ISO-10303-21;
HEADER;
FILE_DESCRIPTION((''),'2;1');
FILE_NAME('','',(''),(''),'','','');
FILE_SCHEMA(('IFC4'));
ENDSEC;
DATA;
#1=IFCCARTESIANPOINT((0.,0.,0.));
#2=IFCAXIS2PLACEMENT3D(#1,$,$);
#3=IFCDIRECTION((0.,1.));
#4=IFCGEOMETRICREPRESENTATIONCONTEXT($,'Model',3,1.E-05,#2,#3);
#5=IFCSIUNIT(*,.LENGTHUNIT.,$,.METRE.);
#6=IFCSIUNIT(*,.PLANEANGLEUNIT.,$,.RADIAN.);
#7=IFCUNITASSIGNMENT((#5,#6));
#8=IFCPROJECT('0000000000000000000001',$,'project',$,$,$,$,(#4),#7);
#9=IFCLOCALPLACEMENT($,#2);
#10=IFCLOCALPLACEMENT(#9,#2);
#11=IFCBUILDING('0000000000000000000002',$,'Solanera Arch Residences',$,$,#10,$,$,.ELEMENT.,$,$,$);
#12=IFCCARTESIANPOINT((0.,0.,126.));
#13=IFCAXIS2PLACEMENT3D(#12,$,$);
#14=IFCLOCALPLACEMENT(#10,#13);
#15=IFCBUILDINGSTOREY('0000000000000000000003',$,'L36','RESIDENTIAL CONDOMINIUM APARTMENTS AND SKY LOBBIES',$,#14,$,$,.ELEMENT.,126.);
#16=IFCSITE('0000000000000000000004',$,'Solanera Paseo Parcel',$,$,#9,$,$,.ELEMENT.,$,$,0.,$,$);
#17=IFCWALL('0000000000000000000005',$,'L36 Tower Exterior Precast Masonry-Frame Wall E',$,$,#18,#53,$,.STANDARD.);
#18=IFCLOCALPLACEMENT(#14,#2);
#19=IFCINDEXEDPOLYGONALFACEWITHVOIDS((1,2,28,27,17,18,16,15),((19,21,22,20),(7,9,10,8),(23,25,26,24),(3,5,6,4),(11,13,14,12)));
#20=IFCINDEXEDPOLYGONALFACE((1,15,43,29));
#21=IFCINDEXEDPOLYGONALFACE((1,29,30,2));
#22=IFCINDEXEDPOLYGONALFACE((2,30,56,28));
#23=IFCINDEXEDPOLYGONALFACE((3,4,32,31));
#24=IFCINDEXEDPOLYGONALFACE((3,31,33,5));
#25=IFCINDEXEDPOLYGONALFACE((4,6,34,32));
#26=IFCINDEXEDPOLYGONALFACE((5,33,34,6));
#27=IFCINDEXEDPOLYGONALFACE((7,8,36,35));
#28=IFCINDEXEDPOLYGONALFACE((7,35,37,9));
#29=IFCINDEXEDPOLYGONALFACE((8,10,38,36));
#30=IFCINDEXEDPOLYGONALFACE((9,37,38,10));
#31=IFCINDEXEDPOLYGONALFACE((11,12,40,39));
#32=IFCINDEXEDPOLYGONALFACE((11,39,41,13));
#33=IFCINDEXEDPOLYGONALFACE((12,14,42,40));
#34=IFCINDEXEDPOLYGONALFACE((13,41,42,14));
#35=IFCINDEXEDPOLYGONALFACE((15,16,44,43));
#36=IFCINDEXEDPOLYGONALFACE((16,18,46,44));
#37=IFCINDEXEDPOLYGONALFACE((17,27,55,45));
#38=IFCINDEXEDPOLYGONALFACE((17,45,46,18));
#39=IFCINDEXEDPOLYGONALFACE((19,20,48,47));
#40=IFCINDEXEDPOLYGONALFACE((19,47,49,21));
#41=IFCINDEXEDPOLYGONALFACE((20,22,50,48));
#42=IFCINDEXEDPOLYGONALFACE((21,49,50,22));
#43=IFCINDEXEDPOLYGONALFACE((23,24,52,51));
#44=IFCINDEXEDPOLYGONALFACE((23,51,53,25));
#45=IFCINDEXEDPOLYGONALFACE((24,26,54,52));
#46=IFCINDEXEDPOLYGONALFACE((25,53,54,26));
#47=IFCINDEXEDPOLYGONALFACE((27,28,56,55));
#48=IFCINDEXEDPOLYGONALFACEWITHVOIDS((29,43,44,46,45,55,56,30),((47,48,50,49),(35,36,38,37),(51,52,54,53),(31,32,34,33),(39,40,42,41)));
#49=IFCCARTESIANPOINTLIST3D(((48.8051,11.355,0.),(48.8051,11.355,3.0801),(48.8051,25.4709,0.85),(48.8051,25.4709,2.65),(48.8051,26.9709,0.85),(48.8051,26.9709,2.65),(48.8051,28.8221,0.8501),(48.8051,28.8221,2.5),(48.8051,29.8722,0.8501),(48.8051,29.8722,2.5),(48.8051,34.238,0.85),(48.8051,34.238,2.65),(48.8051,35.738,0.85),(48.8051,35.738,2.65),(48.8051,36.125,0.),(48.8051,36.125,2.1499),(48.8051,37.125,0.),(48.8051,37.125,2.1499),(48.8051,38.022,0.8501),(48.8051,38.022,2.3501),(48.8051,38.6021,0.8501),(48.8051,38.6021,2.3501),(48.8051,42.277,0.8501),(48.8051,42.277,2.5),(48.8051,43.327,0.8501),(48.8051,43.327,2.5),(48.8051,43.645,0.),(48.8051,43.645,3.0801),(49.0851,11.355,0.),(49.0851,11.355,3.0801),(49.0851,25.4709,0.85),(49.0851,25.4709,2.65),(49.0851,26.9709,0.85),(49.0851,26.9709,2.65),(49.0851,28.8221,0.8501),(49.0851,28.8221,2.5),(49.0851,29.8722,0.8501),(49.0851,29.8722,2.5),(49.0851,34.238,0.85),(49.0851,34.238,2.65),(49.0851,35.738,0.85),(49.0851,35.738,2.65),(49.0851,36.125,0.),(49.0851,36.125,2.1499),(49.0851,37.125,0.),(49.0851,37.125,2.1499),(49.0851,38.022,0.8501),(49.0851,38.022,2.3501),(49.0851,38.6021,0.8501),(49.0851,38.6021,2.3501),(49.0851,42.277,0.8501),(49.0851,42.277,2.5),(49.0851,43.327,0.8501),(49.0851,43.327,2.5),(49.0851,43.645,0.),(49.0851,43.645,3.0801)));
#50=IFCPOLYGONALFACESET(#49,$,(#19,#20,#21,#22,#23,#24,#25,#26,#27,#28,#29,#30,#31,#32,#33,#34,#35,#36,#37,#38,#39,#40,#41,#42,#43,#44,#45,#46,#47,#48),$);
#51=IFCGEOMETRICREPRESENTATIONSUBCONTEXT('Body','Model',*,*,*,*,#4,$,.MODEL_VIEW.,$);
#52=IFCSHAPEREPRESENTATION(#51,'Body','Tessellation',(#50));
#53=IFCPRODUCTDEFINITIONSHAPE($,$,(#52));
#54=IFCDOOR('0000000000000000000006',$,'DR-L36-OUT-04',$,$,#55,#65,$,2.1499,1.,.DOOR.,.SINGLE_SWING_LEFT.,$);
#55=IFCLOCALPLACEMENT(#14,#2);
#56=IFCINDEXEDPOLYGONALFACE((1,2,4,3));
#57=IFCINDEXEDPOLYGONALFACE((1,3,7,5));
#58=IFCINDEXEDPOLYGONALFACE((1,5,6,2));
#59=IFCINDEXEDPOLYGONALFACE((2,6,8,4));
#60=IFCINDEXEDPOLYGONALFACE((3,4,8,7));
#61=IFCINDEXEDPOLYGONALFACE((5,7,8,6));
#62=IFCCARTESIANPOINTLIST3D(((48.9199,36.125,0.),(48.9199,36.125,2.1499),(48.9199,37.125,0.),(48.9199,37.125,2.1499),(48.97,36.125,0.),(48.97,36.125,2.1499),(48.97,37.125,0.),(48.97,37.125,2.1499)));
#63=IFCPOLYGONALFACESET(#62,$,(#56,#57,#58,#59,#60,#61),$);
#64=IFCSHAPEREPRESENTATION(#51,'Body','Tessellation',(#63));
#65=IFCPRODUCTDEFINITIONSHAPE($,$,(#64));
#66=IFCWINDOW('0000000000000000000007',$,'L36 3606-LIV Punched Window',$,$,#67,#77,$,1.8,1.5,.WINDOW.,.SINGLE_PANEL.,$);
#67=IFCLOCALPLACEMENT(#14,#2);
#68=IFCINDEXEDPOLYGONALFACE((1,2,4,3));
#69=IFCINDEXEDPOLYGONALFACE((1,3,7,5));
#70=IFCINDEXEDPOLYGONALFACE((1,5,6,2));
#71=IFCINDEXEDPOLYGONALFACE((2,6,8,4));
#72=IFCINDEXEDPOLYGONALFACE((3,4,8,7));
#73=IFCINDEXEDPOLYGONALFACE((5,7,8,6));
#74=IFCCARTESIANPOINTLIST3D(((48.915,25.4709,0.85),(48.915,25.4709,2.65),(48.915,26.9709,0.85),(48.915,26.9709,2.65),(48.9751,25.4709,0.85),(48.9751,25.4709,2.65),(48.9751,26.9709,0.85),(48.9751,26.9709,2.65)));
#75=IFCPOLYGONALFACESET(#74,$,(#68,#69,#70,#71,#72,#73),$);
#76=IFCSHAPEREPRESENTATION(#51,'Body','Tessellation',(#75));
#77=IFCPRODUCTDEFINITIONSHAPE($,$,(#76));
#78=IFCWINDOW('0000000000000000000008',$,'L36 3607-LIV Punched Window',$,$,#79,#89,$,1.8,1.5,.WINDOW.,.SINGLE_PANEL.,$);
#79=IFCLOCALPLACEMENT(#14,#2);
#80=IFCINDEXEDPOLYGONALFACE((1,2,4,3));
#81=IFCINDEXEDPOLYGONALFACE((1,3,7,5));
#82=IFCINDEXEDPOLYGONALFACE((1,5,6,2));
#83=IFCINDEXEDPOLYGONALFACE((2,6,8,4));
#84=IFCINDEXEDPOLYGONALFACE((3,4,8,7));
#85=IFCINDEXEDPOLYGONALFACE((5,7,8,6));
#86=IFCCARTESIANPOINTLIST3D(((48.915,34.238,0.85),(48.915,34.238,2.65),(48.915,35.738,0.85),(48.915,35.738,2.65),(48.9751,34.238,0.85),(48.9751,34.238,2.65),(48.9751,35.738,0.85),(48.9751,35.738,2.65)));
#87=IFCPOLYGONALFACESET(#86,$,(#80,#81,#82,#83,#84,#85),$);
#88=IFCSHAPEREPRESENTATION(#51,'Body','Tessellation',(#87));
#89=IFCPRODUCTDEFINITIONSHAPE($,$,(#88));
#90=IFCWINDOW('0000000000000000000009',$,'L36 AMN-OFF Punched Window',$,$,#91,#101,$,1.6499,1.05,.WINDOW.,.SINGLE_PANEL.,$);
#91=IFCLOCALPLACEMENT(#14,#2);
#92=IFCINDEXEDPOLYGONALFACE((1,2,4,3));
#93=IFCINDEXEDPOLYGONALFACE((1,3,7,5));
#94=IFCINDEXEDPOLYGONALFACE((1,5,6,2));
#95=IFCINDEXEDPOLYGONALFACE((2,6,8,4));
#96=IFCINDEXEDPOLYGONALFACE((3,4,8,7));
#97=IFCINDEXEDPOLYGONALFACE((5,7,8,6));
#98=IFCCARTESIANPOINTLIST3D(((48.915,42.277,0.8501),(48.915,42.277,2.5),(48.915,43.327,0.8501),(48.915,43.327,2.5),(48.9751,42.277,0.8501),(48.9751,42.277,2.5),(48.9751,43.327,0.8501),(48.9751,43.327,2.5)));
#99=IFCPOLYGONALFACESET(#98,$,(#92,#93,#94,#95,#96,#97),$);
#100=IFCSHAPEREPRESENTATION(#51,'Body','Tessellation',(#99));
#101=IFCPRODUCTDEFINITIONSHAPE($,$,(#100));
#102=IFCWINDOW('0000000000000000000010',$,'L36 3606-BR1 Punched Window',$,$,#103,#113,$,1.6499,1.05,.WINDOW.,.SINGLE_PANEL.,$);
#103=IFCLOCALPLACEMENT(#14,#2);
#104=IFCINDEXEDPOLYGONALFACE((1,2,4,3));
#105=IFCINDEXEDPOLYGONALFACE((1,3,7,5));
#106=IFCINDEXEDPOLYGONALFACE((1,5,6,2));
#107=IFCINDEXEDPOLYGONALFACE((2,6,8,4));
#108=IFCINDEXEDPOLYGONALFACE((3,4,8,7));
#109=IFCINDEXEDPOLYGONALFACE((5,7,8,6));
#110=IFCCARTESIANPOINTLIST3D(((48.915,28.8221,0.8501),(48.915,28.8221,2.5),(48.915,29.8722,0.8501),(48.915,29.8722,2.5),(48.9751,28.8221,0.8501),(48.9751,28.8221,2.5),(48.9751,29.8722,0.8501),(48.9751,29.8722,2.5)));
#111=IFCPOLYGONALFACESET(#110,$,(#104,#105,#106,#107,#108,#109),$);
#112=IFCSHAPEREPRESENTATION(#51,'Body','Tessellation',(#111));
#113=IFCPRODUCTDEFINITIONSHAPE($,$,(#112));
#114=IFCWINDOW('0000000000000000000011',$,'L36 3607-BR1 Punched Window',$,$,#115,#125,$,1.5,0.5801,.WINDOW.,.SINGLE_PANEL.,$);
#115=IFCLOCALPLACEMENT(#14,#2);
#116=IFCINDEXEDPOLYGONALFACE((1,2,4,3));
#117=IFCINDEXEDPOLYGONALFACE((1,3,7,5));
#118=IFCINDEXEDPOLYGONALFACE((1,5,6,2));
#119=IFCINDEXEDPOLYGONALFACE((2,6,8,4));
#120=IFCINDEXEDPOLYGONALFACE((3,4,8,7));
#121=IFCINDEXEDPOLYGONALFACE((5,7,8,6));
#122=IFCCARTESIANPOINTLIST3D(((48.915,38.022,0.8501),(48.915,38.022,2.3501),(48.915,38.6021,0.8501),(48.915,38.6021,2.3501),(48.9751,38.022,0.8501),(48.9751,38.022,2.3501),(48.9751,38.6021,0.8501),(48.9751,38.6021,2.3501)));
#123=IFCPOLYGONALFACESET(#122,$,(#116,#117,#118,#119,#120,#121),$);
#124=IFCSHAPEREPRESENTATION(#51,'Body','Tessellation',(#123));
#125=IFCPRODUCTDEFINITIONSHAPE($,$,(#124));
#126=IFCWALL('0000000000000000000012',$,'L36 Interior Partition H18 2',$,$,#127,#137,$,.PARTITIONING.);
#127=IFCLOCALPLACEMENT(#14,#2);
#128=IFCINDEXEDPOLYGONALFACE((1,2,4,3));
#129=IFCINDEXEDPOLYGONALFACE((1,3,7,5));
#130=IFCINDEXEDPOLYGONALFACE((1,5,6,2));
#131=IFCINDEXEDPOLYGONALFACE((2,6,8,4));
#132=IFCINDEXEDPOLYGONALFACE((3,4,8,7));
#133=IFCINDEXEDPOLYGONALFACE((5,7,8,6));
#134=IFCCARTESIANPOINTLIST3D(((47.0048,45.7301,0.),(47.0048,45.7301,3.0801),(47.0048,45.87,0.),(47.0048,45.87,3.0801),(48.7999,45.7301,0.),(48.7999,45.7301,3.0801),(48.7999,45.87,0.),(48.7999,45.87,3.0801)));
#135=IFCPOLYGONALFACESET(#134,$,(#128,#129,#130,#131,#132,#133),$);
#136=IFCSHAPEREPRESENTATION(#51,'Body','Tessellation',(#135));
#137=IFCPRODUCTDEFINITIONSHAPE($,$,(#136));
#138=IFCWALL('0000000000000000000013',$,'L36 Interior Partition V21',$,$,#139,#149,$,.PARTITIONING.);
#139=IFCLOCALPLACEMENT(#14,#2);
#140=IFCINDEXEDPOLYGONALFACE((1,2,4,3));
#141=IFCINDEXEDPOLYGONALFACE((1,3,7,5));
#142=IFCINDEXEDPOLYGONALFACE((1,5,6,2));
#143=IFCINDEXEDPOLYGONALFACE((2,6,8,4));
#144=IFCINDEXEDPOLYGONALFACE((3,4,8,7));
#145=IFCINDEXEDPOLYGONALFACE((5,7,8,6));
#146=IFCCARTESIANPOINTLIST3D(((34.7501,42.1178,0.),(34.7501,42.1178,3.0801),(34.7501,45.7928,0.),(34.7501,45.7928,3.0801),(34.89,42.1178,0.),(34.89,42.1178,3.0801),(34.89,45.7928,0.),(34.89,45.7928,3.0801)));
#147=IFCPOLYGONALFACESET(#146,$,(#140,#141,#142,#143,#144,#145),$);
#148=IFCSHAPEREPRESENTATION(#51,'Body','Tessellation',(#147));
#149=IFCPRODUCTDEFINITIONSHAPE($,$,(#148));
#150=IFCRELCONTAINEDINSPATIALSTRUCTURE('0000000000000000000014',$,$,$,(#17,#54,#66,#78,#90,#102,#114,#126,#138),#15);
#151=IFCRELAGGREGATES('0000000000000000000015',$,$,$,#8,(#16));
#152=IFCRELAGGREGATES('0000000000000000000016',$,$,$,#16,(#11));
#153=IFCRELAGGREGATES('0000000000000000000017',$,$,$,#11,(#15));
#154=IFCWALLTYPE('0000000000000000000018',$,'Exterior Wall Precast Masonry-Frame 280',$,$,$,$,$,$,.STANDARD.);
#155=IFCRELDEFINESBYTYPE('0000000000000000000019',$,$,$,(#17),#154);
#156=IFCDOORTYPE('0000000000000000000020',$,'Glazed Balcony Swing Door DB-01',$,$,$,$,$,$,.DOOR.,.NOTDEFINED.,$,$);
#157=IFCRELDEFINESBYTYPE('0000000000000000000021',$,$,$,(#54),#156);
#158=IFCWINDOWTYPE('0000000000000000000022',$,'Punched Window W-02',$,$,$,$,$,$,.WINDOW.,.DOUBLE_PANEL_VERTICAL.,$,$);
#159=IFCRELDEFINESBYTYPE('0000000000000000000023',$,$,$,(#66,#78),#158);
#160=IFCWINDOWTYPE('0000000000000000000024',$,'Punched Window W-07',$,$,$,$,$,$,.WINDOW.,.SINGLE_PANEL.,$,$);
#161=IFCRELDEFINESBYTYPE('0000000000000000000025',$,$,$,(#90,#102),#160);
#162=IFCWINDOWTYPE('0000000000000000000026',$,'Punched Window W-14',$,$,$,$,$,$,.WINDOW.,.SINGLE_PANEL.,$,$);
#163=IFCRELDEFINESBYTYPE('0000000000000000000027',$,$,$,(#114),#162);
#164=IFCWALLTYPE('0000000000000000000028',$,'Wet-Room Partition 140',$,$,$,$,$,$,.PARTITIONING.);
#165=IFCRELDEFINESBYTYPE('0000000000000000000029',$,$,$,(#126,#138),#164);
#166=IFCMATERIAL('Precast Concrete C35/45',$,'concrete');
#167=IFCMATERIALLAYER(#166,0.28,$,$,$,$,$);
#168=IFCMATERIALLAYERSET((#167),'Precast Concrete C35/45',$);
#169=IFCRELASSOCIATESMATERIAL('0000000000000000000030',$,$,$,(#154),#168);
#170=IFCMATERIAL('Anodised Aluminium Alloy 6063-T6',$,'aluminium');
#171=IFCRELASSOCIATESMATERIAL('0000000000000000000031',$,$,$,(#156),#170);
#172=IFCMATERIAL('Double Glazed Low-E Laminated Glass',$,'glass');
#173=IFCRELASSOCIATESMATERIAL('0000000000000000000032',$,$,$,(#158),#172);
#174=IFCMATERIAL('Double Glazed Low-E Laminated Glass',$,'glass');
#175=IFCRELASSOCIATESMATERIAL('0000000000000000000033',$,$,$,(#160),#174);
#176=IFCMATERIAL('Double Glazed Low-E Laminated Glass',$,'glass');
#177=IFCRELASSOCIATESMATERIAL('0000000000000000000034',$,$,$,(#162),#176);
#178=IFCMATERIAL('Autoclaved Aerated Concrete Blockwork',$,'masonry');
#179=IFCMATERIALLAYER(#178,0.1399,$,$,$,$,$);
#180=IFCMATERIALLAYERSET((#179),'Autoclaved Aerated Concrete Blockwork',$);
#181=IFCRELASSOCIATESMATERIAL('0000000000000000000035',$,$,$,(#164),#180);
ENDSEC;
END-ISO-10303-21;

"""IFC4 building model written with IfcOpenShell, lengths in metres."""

from ifc_helpers import new_model, si_unit, direction, frame, frame_2d, origin, place, context, subcontext, project, spatial, rectangle, extrude, material, layer, layer_set, type_object, element, fill, save


model = new_model("IFC4")

# Units and contexts
model_context = context("Model", 3, precision=1e-05, world=origin(), true_north=direction((0.0, 1.0)))
body_context = subcontext(model_context, "Body", "Model", "MODEL_VIEW")
ifc_project = project(units=[si_unit("LENGTHUNIT", "METRE"), si_unit("PLANEANGLEUNIT", "RADIAN")], contexts=[model_context])

# Site, building, storey
site_placement = place(None, origin())
site = spatial("IfcSite", under=ifc_project, at=site_placement, Name="Solanera Paseo Parcel", CompositionType="ELEMENT", RefElevation=0.0)
building_placement = place(site_placement, origin())
building = spatial("IfcBuilding", under=site, at=building_placement, Name="Solanera Arch Residences", CompositionType="ELEMENT")
storey_placement = place(building_placement, frame((0.0, 0.0, 126.0)))
storey = spatial("IfcBuildingStorey", under=building, at=storey_placement, Name="L36", Description="RESIDENTIAL CONDOMINIUM APARTMENTS AND SKY LOBBIES", CompositionType="ELEMENT", Elevation=126.0)

# Shared definitions
ifc_material_1 = material(Name="Precast Concrete C35/45", Category="concrete")
ifc_layer_1 = layer(ifc_material_1, 0.28)
ifc_layer_set_1 = layer_set([ifc_layer_1], Name="Precast Concrete C35/45")
wall_type_1 = type_object("IfcWallType", Name="Exterior Wall Precast Masonry-Frame 280", PredefinedType="STANDARD", material=ifc_layer_set_1)

# Wall, openings, door, windows
wall_1_placement = place(storey_placement, frame((48.9451, 43.645, 0.0), z_axis=(0.0, 0.0, 1.0), x_axis=(0.0, -1.0, 0.0)))
wall_1 = element("IfcWall", 1, at=wall_1_placement, inside=storey, type_object=wall_type_1, Name="L36 Tower Exterior Precast Masonry-Frame Wall E", PredefinedType="STANDARD", context=body_context, shape_type="SweptSolid", body=[
    extrude(rectangle(XDim=32.29, YDim=0.28, at=frame_2d((16.145, 0.0))), origin(), (0.0, 0.0, 1.0), 3.0801),
])
opening_1_placement = place(wall_1_placement, frame((6.52, 0.0, 0.0)))
opening_1 = element("IfcOpeningElement", 2, at=opening_1_placement, cuts=wall_1, PredefinedType="OPENING", context=body_context, shape_type="SweptSolid", body=[
    extrude(rectangle(XDim=1.0, YDim=2.1499, at=frame_2d((0.5, 1.075))), frame((0.0, 0.1499, 0.0), z_axis=(0.0, -1.0, 0.0), x_axis=(1.0, 0.0, 0.0)), (0.0, 0.0, 1.0), 0.3),
])
opening_2_placement = place(wall_1_placement, frame((0.3181, 0.0, 0.8501)))
opening_2 = element("IfcOpeningElement", 3, at=opening_2_placement, cuts=wall_1, PredefinedType="OPENING", context=body_context, shape_type="SweptSolid", body=[
    extrude(rectangle(XDim=1.05, YDim=1.6499, at=frame_2d((0.5249, 0.825))), frame((0.0, 0.1499, 0.0), z_axis=(0.0, -1.0, 0.0), x_axis=(1.0, 0.0, 0.0)), (0.0, 0.0, 1.0), 0.3),
])
opening_3_placement = place(wall_1_placement, frame((16.6741, 0.0, 0.8501)))
opening_3 = element("IfcOpeningElement", 4, at=opening_3_placement, cuts=wall_1, PredefinedType="OPENING", context=body_context, shape_type="SweptSolid", body=[
    extrude(rectangle(XDim=1.5, YDim=1.8, at=frame_2d((0.75, 0.8999))), frame((0.0, 0.1499, 0.0), z_axis=(0.0, -1.0, 0.0), x_axis=(1.0, 0.0, 0.0)), (0.0, 0.0, 1.0), 0.3),
])
opening_4_placement = place(wall_1_placement, frame((13.7729, 0.0, 0.8501)))
opening_4 = element("IfcOpeningElement", 5, at=opening_4_placement, cuts=wall_1, PredefinedType="OPENING", context=body_context, shape_type="SweptSolid", body=[
    extrude(rectangle(XDim=1.05, YDim=1.6499, at=frame_2d((0.5249, 0.825))), frame((0.0, 0.1499, 0.0), z_axis=(0.0, -1.0, 0.0), x_axis=(1.0, 0.0, 0.0)), (0.0, 0.0, 1.0), 0.3),
])
opening_5_placement = place(wall_1_placement, frame((7.907, 0.0, 0.8501)))
opening_5 = element("IfcOpeningElement", 6, at=opening_5_placement, cuts=wall_1, PredefinedType="OPENING", context=body_context, shape_type="SweptSolid", body=[
    extrude(rectangle(XDim=1.5, YDim=1.8, at=frame_2d((0.75, 0.8999))), frame((0.0, 0.1499, 0.0), z_axis=(0.0, -1.0, 0.0), x_axis=(1.0, 0.0, 0.0)), (0.0, 0.0, 1.0), 0.3),
])
opening_6_placement = place(wall_1_placement, frame((5.043, 0.0, 0.8501)))
opening_6 = element("IfcOpeningElement", 7, at=opening_6_placement, cuts=wall_1, PredefinedType="OPENING", context=body_context, shape_type="SweptSolid", body=[
    extrude(rectangle(XDim=0.5801, YDim=1.5, at=frame_2d((0.29, 0.75))), frame((0.0, 0.1499, 0.0), z_axis=(0.0, -1.0, 0.0), x_axis=(1.0, 0.0, 0.0)), (0.0, 0.0, 1.0), 0.3),
])
ifc_material_2 = material(Name="Anodised Aluminium Alloy 6063-T6", Category="aluminium")
door_type_1 = type_object("IfcDoorType", Name="Glazed Balcony Swing Door DB-01", OperationType="NOTDEFINED", PredefinedType="DOOR", material=ifc_material_2)
door_1_placement = place(opening_1_placement, origin())
door_1 = element("IfcDoor", 8, at=door_1_placement, inside=storey, type_object=door_type_1, Name="DR-L36-OUT-04", OperationType="SINGLE_SWING_LEFT", OverallHeight=2.1499, OverallWidth=1.0, PredefinedType="DOOR", context=body_context, shape_type="SweptSolid", body=[
    extrude(rectangle(XDim=1.0, YDim=2.1499, at=frame_2d((0.5, 1.075))), frame((0.0, 0.0249, 0.0), z_axis=(0.0, -1.0, 0.0), x_axis=(1.0, 0.0, 0.0)), (0.0, 0.0, 1.0), 0.05),
])
fill(opening_1, door_1)
ifc_material_3 = material(Name="Double Glazed Low-E Laminated Glass", Category="glass")
window_type_1 = type_object("IfcWindowType", Name="Punched Window W-02", PartitioningType="DOUBLE_PANEL_VERTICAL", PredefinedType="WINDOW", material=ifc_material_3)
window_1_placement = place(opening_3_placement, origin())
window_1 = element("IfcWindow", 9, at=window_1_placement, inside=storey, type_object=window_type_1, Name="L36 3606-LIV Punched Window", OverallHeight=1.8, OverallWidth=1.5, PartitioningType="SINGLE_PANEL", PredefinedType="WINDOW", context=body_context, shape_type="SweptSolid", body=[
    extrude(rectangle(XDim=1.5, YDim=1.8, at=frame_2d((0.75, 0.8999))), frame((0.0, 0.03, 0.0), z_axis=(0.0, -1.0, 0.0), x_axis=(1.0, 0.0, 0.0)), (0.0, 0.0, 1.0), 0.0601),
])
fill(opening_3, window_1)
window_2_placement = place(opening_5_placement, origin())
window_2 = element("IfcWindow", 10, at=window_2_placement, inside=storey, type_object=window_type_1, Name="L36 3607-LIV Punched Window", OverallHeight=1.8, OverallWidth=1.5, PartitioningType="SINGLE_PANEL", PredefinedType="WINDOW", context=body_context, shape_type="SweptSolid", body=[
    extrude(rectangle(XDim=1.5, YDim=1.8, at=frame_2d((0.75, 0.8999))), frame((0.0, 0.03, 0.0), z_axis=(0.0, -1.0, 0.0), x_axis=(1.0, 0.0, 0.0)), (0.0, 0.0, 1.0), 0.0601),
])
fill(opening_5, window_2)
ifc_material_4 = material(Name="Double Glazed Low-E Laminated Glass", Category="glass")
window_type_2 = type_object("IfcWindowType", Name="Punched Window W-07", PartitioningType="SINGLE_PANEL", PredefinedType="WINDOW", material=ifc_material_4)
window_3_placement = place(opening_2_placement, origin())
window_3 = element("IfcWindow", 11, at=window_3_placement, inside=storey, type_object=window_type_2, Name="L36 AMN-OFF Punched Window", OverallHeight=1.6499, OverallWidth=1.05, PartitioningType="SINGLE_PANEL", PredefinedType="WINDOW", context=body_context, shape_type="SweptSolid", body=[
    extrude(rectangle(XDim=1.05, YDim=1.6499, at=frame_2d((0.5249, 0.825))), frame((0.0, 0.03, 0.0), z_axis=(0.0, -1.0, 0.0), x_axis=(1.0, 0.0, 0.0)), (0.0, 0.0, 1.0), 0.0601),
])
fill(opening_2, window_3)
window_4_placement = place(opening_4_placement, origin())
window_4 = element("IfcWindow", 12, at=window_4_placement, inside=storey, type_object=window_type_2, Name="L36 3606-BR1 Punched Window", OverallHeight=1.6499, OverallWidth=1.05, PartitioningType="SINGLE_PANEL", PredefinedType="WINDOW", context=body_context, shape_type="SweptSolid", body=[
    extrude(rectangle(XDim=1.05, YDim=1.6499, at=frame_2d((0.5249, 0.825))), frame((0.0, 0.03, 0.0), z_axis=(0.0, -1.0, 0.0), x_axis=(1.0, 0.0, 0.0)), (0.0, 0.0, 1.0), 0.0601),
])
fill(opening_4, window_4)
ifc_material_5 = material(Name="Double Glazed Low-E Laminated Glass", Category="glass")
window_type_3 = type_object("IfcWindowType", Name="Punched Window W-14", PartitioningType="SINGLE_PANEL", PredefinedType="WINDOW", material=ifc_material_5)
window_5_placement = place(opening_6_placement, origin())
window_5 = element("IfcWindow", 13, at=window_5_placement, inside=storey, type_object=window_type_3, Name="L36 3607-BR1 Punched Window", OverallHeight=1.5, OverallWidth=0.5801, PartitioningType="SINGLE_PANEL", PredefinedType="WINDOW", context=body_context, shape_type="SweptSolid", body=[
    extrude(rectangle(XDim=0.5801, YDim=1.5, at=frame_2d((0.29, 0.75))), frame((0.0, 0.03, 0.0), z_axis=(0.0, -1.0, 0.0), x_axis=(1.0, 0.0, 0.0)), (0.0, 0.0, 1.0), 0.0601),
])
fill(opening_6, window_5)

# Walls
ifc_material_6 = material(Name="Autoclaved Aerated Concrete Blockwork", Category="masonry")
ifc_layer_2 = layer(ifc_material_6, 0.1399)
ifc_layer_set_2 = layer_set([ifc_layer_2], Name="Autoclaved Aerated Concrete Blockwork")
wall_type_2 = type_object("IfcWallType", Name="Wet-Room Partition 140", PredefinedType="PARTITIONING", material=ifc_layer_set_2)
wall_2_placement = place(storey_placement, frame((47.0049, 45.8, 0.0), z_axis=(0.0, 0.0, 1.0), x_axis=(1.0, 0.0, 0.0)))
element("IfcWall", 14, at=wall_2_placement, inside=storey, type_object=wall_type_2, Name="L36 Interior Partition H18 2", PredefinedType="PARTITIONING", context=body_context, shape_type="SweptSolid", body=[
    extrude(rectangle(XDim=1.7952, YDim=0.1399, at=frame_2d((0.8975, 0.0))), origin(), (0.0, 0.0, 1.0), 3.0801),
])
wall_3_placement = place(storey_placement, frame((34.8201, 42.1179, 0.0), z_axis=(0.0, 0.0, 1.0), x_axis=(0.0, 1.0, 0.0)))
element("IfcWall", 15, at=wall_3_placement, inside=storey, type_object=wall_type_2, Name="L36 Interior Partition V21", PredefinedType="PARTITIONING", context=body_context, shape_type="SweptSolid", body=[
    extrude(rectangle(XDim=3.675, YDim=0.1399, at=frame_2d((1.8374, 0.0))), origin(), (0.0, 0.0, 1.0), 3.0801),
])

save(model, "model.ifc")
